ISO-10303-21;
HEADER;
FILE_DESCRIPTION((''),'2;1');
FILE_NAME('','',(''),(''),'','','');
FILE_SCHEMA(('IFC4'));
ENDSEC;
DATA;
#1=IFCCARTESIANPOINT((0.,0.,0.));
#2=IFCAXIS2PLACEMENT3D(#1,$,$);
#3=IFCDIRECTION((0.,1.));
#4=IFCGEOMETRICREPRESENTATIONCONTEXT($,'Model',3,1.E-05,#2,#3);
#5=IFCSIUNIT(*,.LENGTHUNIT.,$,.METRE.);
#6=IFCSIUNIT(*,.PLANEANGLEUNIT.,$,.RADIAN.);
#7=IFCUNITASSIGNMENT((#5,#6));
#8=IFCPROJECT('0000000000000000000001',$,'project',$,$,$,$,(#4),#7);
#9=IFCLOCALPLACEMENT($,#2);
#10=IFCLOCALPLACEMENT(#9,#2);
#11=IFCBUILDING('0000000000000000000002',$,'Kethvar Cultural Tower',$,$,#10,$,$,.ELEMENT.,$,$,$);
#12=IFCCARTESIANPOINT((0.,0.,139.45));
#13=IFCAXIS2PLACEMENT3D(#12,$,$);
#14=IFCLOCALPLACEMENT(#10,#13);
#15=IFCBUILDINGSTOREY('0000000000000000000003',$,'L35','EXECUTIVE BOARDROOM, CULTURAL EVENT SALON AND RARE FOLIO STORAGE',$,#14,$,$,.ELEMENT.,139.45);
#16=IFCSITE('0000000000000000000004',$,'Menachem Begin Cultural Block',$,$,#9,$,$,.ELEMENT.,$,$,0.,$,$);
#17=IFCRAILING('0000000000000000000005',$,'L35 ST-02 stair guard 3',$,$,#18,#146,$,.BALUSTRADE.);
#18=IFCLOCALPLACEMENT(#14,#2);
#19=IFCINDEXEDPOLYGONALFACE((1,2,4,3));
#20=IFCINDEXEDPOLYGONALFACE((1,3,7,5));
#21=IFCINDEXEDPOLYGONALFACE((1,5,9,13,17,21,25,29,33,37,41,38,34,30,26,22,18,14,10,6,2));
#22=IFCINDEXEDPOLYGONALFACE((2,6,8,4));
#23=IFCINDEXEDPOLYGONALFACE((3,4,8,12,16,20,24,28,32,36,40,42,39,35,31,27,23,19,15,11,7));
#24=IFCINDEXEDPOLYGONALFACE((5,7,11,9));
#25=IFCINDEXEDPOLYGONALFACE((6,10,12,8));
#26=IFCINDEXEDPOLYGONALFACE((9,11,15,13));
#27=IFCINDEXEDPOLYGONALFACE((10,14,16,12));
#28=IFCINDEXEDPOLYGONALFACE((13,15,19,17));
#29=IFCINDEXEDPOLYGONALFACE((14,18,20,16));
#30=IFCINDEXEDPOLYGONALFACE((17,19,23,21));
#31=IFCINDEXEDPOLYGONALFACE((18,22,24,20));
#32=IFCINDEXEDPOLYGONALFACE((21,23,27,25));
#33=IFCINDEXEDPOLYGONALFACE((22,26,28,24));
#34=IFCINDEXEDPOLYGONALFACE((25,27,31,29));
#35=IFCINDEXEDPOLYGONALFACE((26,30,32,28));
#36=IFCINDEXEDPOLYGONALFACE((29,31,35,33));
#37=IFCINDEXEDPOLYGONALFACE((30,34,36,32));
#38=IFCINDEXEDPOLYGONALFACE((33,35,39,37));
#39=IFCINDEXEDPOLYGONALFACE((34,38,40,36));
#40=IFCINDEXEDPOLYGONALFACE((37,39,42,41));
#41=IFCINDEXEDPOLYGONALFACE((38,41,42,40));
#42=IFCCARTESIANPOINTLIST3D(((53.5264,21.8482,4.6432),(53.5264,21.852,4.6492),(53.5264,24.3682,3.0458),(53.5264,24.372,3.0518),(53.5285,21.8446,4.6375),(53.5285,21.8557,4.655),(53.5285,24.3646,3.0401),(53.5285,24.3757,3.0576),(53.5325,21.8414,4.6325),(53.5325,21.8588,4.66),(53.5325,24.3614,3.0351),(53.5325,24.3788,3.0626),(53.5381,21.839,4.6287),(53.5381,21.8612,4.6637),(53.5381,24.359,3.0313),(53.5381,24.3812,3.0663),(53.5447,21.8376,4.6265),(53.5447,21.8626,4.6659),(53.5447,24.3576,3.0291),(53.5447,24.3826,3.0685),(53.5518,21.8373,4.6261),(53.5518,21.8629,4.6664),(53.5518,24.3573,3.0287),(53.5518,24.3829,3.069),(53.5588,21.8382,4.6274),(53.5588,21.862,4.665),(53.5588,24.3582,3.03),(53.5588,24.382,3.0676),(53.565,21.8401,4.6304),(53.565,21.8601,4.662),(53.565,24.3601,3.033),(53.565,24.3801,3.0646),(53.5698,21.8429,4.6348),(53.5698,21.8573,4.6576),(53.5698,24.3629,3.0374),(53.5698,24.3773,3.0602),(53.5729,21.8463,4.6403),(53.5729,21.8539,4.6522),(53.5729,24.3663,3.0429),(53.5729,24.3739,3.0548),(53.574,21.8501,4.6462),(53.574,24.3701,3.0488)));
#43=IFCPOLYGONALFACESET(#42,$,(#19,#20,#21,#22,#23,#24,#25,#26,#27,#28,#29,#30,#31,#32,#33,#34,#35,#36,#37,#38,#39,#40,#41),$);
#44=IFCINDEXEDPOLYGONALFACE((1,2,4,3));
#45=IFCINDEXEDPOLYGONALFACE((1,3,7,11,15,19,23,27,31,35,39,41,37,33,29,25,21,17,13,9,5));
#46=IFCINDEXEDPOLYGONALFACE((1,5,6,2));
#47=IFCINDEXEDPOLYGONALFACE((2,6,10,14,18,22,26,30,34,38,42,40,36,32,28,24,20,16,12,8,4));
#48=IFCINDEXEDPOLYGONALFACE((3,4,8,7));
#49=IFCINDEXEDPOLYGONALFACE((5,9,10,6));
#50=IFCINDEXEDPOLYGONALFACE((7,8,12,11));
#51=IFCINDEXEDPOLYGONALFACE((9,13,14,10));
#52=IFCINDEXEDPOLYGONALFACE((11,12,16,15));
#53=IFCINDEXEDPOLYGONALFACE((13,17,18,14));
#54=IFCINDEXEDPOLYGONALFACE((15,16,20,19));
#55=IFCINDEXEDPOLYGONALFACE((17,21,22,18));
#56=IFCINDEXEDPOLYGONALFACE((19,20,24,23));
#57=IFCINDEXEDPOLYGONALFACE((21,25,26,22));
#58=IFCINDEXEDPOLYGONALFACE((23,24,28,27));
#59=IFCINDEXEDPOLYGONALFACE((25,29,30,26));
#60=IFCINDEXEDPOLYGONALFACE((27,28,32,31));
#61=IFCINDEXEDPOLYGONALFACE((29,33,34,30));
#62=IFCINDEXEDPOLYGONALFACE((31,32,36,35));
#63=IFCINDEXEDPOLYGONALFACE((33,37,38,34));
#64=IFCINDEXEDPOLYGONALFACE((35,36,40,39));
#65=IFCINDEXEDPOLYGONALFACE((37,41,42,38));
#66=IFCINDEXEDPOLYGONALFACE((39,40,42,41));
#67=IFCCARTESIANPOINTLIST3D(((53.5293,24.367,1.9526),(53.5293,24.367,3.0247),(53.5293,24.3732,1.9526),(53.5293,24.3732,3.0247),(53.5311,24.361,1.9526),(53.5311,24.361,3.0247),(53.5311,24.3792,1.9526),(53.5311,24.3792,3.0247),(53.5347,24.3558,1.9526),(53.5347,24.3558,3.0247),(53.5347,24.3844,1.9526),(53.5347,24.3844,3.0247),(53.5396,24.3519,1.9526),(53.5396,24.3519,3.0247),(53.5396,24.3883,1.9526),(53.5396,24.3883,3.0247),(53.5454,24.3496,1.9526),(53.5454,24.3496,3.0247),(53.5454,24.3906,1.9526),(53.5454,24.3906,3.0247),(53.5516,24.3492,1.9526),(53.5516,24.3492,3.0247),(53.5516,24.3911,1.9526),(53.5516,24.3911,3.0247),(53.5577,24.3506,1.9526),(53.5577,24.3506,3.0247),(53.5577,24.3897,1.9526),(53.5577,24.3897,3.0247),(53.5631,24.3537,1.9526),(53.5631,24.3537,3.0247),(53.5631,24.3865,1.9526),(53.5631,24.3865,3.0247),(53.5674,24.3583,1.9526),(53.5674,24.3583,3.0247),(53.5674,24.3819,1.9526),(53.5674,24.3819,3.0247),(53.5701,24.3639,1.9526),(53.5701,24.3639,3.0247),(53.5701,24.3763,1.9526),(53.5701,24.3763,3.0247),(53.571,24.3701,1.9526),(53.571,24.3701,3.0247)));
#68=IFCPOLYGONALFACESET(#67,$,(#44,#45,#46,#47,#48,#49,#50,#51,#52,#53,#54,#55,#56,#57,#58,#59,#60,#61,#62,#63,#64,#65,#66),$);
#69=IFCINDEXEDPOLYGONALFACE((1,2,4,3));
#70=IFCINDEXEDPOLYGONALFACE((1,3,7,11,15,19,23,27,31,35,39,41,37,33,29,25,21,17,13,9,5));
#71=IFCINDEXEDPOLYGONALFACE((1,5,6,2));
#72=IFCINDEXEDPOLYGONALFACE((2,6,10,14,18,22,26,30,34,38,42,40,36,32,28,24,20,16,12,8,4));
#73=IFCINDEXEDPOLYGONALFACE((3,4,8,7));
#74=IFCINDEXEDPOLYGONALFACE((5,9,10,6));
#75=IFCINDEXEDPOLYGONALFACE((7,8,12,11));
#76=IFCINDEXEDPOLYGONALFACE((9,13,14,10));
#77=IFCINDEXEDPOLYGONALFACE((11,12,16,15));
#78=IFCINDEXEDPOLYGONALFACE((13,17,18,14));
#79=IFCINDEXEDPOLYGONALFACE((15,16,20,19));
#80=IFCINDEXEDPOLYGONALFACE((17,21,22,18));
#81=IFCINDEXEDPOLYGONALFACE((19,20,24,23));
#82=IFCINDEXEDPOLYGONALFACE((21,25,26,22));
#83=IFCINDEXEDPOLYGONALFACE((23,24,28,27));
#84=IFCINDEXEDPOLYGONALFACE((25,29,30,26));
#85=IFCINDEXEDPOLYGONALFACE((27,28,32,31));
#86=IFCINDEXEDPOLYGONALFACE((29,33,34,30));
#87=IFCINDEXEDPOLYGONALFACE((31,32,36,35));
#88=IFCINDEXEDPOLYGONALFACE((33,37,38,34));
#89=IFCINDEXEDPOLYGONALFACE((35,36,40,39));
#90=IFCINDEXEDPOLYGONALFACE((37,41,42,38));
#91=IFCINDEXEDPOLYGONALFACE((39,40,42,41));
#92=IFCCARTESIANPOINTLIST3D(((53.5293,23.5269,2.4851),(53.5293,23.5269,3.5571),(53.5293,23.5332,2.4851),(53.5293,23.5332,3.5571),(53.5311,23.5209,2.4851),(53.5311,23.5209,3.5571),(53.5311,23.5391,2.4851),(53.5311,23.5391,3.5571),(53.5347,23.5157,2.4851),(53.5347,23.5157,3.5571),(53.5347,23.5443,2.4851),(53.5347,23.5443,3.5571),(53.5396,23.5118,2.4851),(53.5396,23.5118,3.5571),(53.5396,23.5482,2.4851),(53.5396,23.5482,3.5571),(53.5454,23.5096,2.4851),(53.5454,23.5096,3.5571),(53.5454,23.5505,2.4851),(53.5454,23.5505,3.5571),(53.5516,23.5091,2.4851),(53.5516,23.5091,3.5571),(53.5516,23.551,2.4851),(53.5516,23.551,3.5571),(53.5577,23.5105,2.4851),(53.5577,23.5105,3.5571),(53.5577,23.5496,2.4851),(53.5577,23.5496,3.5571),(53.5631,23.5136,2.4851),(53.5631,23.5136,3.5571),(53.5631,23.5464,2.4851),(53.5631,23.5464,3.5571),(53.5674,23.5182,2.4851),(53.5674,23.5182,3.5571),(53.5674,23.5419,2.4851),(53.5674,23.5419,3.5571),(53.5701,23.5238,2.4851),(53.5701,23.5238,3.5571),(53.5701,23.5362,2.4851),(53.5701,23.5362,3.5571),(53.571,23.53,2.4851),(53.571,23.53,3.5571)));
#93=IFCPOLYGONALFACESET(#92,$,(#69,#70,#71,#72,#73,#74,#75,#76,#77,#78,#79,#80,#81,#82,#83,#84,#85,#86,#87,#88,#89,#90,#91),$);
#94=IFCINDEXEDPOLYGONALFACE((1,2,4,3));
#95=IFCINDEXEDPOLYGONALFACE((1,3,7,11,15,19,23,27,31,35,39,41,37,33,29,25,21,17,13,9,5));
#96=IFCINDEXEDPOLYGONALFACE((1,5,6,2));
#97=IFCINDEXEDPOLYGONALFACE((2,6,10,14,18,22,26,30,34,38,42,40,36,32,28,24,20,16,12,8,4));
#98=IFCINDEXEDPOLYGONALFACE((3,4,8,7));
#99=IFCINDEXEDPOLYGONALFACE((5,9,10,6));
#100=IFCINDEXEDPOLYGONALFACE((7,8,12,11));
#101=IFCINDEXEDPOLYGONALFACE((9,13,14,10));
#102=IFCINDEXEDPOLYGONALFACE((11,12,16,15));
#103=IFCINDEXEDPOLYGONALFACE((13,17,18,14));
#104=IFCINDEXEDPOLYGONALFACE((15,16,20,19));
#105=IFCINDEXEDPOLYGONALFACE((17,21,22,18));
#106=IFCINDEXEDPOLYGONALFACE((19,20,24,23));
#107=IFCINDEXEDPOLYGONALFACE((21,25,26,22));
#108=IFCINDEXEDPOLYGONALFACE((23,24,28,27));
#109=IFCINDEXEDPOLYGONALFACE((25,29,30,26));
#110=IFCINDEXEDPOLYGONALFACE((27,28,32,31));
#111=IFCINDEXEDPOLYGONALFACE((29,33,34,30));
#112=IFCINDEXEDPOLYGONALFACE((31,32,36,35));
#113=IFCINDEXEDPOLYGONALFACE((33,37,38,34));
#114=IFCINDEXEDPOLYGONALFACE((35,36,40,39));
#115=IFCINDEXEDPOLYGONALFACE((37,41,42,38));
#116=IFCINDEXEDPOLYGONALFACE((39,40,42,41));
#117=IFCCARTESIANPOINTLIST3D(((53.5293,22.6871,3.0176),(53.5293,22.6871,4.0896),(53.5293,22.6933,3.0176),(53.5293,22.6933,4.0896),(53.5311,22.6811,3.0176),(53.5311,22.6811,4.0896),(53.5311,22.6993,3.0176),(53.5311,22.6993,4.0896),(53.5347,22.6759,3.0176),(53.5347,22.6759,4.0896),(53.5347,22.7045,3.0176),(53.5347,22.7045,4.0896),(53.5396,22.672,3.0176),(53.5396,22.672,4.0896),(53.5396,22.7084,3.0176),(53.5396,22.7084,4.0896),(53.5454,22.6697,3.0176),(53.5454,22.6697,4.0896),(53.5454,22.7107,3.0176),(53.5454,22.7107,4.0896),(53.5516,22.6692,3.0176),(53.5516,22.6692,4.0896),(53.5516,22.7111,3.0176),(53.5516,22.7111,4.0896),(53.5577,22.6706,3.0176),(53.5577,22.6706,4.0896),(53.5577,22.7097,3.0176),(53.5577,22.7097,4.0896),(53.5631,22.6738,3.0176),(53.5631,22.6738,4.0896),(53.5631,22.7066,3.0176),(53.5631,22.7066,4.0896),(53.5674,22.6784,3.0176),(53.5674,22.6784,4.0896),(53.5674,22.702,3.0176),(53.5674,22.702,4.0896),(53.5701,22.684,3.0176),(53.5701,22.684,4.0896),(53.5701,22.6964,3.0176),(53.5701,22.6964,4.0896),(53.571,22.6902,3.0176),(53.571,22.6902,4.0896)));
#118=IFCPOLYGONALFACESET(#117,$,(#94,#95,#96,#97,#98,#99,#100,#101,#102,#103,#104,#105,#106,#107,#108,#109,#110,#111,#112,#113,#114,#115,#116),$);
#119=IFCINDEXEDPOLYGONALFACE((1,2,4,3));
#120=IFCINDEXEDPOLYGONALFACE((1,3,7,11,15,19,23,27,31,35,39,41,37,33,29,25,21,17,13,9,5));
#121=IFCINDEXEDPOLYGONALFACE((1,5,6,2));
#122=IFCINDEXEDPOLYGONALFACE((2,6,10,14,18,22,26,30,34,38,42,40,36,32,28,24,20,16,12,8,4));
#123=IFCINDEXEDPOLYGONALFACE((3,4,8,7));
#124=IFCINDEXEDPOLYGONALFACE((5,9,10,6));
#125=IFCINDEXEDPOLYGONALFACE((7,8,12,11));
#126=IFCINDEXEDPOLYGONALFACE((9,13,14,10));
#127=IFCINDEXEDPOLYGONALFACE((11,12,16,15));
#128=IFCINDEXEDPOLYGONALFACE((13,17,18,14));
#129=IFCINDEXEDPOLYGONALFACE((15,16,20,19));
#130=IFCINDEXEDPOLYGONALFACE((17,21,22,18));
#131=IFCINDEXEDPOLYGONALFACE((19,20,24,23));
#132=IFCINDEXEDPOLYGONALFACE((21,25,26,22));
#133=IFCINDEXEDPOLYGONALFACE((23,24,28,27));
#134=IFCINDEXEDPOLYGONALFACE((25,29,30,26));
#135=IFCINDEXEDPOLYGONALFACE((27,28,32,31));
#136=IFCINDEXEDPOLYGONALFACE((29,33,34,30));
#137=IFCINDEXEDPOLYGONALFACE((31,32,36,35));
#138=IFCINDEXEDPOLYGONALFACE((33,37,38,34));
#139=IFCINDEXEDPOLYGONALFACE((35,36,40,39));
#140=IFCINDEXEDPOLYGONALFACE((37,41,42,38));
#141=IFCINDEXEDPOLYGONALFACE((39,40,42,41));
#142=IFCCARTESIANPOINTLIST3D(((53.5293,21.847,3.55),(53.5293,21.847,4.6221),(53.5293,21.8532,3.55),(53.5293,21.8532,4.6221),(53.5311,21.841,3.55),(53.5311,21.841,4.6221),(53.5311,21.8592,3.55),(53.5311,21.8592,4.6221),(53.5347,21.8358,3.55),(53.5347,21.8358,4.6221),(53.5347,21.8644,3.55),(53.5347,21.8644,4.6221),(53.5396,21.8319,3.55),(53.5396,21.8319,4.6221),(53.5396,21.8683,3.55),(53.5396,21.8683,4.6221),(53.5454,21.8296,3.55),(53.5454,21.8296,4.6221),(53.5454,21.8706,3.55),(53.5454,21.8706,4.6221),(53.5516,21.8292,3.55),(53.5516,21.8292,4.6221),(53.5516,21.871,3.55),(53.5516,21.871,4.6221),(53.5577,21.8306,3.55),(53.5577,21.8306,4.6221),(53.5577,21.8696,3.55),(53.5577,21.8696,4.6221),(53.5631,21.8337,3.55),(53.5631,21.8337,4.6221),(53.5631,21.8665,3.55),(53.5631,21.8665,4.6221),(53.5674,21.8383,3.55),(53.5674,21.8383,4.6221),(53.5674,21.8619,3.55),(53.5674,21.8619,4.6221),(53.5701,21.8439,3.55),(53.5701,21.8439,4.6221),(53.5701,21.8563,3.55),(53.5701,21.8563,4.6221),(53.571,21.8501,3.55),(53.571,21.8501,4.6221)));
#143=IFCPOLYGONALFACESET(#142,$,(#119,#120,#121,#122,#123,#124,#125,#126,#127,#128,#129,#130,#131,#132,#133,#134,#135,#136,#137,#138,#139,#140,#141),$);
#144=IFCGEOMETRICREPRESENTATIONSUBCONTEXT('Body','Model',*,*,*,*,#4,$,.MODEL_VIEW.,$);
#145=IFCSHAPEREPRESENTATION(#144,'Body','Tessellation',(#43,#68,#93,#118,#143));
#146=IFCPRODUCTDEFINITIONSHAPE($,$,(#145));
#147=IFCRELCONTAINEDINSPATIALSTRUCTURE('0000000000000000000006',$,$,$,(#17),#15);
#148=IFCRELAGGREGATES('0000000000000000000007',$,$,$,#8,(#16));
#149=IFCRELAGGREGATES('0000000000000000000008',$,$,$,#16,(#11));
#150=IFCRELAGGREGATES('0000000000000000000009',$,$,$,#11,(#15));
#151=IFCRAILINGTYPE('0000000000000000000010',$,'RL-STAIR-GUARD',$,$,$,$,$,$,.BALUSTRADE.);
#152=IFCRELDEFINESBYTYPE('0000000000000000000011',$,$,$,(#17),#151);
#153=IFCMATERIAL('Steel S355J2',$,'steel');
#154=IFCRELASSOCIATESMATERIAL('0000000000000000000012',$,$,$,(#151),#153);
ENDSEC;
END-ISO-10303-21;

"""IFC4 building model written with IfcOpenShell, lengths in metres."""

from ifc_helpers import new_model, si_unit, direction, frame, origin, origin_2d, place, context, subcontext, project, spatial, circle, extrude, material, type_object, element, save


model = new_model("IFC4")

# Units and contexts
model_context = context("Model", 3, precision=1e-05, world=origin(), true_north=direction((0.0, 1.0)))
body_context = subcontext(model_context, "Body", "Model", "MODEL_VIEW")
ifc_project = project(units=[si_unit("LENGTHUNIT", "METRE"), si_unit("PLANEANGLEUNIT", "RADIAN")], contexts=[model_context])

# Site, building, storey
site_placement = place(None, origin())
site = spatial("IfcSite", under=ifc_project, at=site_placement, Name="Menachem Begin Cultural Block", CompositionType="ELEMENT", RefElevation=0.0)
building_placement = place(site_placement, origin())
building = spatial("IfcBuilding", under=site, at=building_placement, Name="Kethvar Cultural Tower", CompositionType="ELEMENT")
storey_placement = place(building_placement, frame((0.0, 0.0, 139.45)))
storey = spatial("IfcBuildingStorey", under=building, at=storey_placement, Name="L35", Description="EXECUTIVE BOARDROOM, CULTURAL EVENT SALON AND RARE FOLIO STORAGE", CompositionType="ELEMENT", Elevation=139.45)

# Shared definitions
ifc_material_1 = material(Name="Steel S355J2", Category="steel")

# Railing
railing_type_1 = type_object("IfcRailingType", Name="RL-STAIR-GUARD", PredefinedType="BALUSTRADE", material=ifc_material_1)
railing_1_placement = place(storey_placement, frame((53.55, 24.3701, 1.9526)))
element("IfcRailing", 1, at=railing_1_placement, inside=storey, type_object=railing_type_1, Name="L35 ST-02 stair guard 3", PredefinedType="BALUSTRADE", context=body_context, shape_type="SweptSolid", body=[
    extrude(circle(Radius=0.0239, at=origin_2d()), frame((0.0, 0.0, 1.0962), z_axis=(0.0, -0.844607, 0.535387), x_axis=(1.0, 0.0, 0.0)), (0.0, 0.0, 1.0), 2.9836),
    extrude(circle(Radius=0.021, at=origin_2d()), origin(), (0.0, 0.0, 1.0), 1.072),
    extrude(circle(Radius=0.021, at=origin_2d()), frame((0.0, -0.8401, 0.5325)), (0.0, 0.0, 1.0), 1.072),
    extrude(circle(Radius=0.021, at=origin_2d()), frame((0.0, -1.6799, 1.0649)), (0.0, 0.0, 1.0), 1.072),
    extrude(circle(Radius=0.021, at=origin_2d()), frame((0.0, -2.52, 1.5974)), (0.0, 0.0, 1.0), 1.072),
])

save(model, "model.ifc")
